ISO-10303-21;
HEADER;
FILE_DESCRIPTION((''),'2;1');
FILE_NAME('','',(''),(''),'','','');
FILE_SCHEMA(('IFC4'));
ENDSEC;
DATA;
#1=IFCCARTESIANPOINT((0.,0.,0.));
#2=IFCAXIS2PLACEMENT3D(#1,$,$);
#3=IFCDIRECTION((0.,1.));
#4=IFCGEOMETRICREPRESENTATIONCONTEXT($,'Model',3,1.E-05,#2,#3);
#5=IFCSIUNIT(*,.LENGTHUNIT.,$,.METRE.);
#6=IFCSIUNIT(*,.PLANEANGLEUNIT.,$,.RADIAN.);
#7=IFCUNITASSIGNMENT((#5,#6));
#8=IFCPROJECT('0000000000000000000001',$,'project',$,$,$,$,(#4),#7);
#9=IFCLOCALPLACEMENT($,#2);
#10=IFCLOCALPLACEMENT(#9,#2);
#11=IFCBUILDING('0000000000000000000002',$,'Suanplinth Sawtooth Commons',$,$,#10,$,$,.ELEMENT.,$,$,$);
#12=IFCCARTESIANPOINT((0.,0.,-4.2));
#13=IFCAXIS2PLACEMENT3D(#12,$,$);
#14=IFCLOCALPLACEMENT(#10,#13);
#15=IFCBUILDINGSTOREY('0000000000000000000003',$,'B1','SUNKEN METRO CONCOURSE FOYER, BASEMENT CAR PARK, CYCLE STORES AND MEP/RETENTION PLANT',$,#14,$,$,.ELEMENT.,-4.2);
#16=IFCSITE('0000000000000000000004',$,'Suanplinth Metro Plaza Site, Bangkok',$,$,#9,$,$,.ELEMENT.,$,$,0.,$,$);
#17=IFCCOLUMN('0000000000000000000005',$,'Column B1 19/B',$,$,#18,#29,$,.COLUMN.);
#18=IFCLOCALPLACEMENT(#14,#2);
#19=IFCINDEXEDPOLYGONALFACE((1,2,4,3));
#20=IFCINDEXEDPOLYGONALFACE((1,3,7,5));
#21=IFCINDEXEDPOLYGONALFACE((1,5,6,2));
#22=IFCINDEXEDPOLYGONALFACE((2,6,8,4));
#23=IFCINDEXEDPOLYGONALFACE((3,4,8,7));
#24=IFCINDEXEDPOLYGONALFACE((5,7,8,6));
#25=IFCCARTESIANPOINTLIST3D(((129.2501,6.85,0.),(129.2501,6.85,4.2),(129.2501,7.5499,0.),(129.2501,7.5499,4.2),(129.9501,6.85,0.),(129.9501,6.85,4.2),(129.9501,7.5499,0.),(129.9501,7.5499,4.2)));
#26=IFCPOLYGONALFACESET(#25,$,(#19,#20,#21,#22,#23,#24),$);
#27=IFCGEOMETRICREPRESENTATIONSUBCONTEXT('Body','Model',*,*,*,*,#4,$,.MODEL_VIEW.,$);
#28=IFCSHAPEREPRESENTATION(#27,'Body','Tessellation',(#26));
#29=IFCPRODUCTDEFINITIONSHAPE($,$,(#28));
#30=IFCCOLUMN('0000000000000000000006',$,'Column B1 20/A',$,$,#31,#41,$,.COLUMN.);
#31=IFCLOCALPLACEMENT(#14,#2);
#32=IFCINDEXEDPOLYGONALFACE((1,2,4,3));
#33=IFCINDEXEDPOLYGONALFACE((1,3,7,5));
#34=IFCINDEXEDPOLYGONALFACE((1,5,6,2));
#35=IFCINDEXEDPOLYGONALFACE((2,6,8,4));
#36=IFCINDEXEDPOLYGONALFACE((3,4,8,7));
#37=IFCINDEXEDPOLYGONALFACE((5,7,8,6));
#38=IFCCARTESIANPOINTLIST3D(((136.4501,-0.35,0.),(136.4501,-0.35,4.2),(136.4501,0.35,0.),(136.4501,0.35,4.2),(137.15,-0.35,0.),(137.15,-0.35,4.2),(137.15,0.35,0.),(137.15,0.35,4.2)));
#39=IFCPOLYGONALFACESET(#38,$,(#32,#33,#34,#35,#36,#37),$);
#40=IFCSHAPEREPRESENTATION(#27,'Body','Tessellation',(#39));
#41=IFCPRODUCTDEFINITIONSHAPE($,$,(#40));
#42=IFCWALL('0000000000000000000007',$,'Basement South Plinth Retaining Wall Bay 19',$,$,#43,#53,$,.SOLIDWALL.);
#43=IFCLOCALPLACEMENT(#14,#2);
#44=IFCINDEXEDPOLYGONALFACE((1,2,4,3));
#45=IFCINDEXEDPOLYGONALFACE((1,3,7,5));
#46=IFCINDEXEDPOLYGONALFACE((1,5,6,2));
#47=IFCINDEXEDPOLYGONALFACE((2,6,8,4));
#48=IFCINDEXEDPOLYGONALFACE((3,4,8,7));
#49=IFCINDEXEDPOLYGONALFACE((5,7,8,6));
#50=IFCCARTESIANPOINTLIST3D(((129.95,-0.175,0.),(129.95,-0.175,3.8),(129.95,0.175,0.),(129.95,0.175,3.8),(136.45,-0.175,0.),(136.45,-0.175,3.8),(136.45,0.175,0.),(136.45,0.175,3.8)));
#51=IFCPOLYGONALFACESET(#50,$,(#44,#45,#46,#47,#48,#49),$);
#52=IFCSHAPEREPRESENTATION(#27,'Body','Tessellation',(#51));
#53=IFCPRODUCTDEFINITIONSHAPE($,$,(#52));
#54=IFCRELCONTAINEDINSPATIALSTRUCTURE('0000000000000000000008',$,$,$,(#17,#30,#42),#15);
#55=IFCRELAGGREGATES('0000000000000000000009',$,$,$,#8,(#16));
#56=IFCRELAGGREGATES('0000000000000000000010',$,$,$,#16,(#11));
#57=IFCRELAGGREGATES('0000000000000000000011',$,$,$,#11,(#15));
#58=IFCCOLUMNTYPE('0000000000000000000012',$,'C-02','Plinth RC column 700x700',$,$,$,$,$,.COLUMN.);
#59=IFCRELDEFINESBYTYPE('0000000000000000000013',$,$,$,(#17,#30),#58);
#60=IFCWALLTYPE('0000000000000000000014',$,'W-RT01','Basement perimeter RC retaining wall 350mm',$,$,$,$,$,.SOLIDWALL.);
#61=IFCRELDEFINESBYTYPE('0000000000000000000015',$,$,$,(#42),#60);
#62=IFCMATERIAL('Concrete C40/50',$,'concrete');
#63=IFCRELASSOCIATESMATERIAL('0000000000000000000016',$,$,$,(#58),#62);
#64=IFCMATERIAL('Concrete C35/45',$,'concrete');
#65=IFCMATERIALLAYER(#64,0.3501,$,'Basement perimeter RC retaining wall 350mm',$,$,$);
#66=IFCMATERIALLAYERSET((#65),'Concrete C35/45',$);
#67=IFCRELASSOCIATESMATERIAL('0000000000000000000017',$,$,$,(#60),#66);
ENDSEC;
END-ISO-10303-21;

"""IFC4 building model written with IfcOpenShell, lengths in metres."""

from ifc_helpers import new_model, si_unit, direction, frame, frame_2d, origin, origin_2d, place, context, subcontext, project, spatial, rectangle, extrude, material, layer, layer_set, material_profile, profile_set, type_object, element, save


model = new_model("IFC4")

# Units and contexts
model_context = context("Model", 3, precision=1e-05, world=origin(), true_north=direction((0.0, 1.0)))
body_context = subcontext(model_context, "Body", "Model", "MODEL_VIEW")
ifc_project = project(units=[si_unit("LENGTHUNIT", "METRE"), si_unit("PLANEANGLEUNIT", "RADIAN")], contexts=[model_context])

# Site, building, storey
site_placement = place(None, origin())
site = spatial("IfcSite", under=ifc_project, at=site_placement, Name="Suanplinth Metro Plaza Site, Bangkok", CompositionType="ELEMENT", RefElevation=0.0)
building_placement = place(site_placement, origin())
building = spatial("IfcBuilding", under=site, at=building_placement, Name="Suanplinth Sawtooth Commons", CompositionType="ELEMENT")
storey_placement = place(building_placement, frame((0.0, 0.0, -4.2)))
storey = spatial("IfcBuildingStorey", under=building, at=storey_placement, Name="B1", Description="SUNKEN METRO CONCOURSE FOYER, BASEMENT CAR PARK, CYCLE STORES AND MEP/RETENTION PLANT", CompositionType="ELEMENT", Elevation=-4.2)

# Shared definitions
ifc_material_1 = material(Name="Concrete C35/45", Category="concrete")

# Columns
ifc_material_2 = material(Name="Concrete C40/50", Category="concrete")
ifc_material_profile_1 = material_profile(ifc_material_2, rectangle(XDim=0.7, YDim=0.7, at=origin_2d()), Name="RC-COL 700x700")
ifc_profile_set_1 = profile_set([ifc_material_profile_1], Name="Concrete C40/50")
column_type = type_object("IfcColumnType", Name="C-02", Description="Plinth RC column 700x700", PredefinedType="COLUMN", material=ifc_profile_set_1)
for number, where, z_axis, x_axis, name in (
    (1, (129.6001, 7.2, 0.0), (0.0, 0.0, 1.0), (1.0, 0.0, 0.0), "Column B1 19/B"),
    (2, (136.8, 0.0, 0.0), (0.0, 0.0, 1.0), (1.0, 0.0, 0.0), "Column B1 20/A"),
):
    element("IfcColumn", number, at=place(storey_placement, frame(where, z_axis=z_axis, x_axis=x_axis)), inside=storey, type_object=column_type, Name=name, PredefinedType="COLUMN", context=body_context, shape_type="SweptSolid", body=[
        extrude(rectangle(XDim=0.7, YDim=0.7, at=origin_2d()), origin(), (0.0, 0.0, 1.0), 4.2),
    ])

# Wall
ifc_layer = layer(ifc_material_1, 0.3501, Name="Basement perimeter RC retaining wall 350mm")
ifc_layer_set = layer_set([ifc_layer], Name="Concrete C35/45")
wall_type = type_object("IfcWallType", Name="W-RT01", Description="Basement perimeter RC retaining wall 350mm", PredefinedType="SOLIDWALL", material=ifc_layer_set)
wall_placement = place(storey_placement, frame((129.95, 0.0, 0.0), z_axis=(0.0, 0.0, 1.0), x_axis=(1.0, 0.0, 0.0)))
element("IfcWall", 3, at=wall_placement, inside=storey, type_object=wall_type, Name="Basement South Plinth Retaining Wall Bay 19", PredefinedType="SOLIDWALL", context=body_context, shape_type="SweptSolid", body=[
    extrude(rectangle(XDim=6.5, YDim=0.3501, at=frame_2d((3.25, 0.0))), origin(), (0.0, 0.0, 1.0), 3.8),
])

save(model, "model.ifc")
